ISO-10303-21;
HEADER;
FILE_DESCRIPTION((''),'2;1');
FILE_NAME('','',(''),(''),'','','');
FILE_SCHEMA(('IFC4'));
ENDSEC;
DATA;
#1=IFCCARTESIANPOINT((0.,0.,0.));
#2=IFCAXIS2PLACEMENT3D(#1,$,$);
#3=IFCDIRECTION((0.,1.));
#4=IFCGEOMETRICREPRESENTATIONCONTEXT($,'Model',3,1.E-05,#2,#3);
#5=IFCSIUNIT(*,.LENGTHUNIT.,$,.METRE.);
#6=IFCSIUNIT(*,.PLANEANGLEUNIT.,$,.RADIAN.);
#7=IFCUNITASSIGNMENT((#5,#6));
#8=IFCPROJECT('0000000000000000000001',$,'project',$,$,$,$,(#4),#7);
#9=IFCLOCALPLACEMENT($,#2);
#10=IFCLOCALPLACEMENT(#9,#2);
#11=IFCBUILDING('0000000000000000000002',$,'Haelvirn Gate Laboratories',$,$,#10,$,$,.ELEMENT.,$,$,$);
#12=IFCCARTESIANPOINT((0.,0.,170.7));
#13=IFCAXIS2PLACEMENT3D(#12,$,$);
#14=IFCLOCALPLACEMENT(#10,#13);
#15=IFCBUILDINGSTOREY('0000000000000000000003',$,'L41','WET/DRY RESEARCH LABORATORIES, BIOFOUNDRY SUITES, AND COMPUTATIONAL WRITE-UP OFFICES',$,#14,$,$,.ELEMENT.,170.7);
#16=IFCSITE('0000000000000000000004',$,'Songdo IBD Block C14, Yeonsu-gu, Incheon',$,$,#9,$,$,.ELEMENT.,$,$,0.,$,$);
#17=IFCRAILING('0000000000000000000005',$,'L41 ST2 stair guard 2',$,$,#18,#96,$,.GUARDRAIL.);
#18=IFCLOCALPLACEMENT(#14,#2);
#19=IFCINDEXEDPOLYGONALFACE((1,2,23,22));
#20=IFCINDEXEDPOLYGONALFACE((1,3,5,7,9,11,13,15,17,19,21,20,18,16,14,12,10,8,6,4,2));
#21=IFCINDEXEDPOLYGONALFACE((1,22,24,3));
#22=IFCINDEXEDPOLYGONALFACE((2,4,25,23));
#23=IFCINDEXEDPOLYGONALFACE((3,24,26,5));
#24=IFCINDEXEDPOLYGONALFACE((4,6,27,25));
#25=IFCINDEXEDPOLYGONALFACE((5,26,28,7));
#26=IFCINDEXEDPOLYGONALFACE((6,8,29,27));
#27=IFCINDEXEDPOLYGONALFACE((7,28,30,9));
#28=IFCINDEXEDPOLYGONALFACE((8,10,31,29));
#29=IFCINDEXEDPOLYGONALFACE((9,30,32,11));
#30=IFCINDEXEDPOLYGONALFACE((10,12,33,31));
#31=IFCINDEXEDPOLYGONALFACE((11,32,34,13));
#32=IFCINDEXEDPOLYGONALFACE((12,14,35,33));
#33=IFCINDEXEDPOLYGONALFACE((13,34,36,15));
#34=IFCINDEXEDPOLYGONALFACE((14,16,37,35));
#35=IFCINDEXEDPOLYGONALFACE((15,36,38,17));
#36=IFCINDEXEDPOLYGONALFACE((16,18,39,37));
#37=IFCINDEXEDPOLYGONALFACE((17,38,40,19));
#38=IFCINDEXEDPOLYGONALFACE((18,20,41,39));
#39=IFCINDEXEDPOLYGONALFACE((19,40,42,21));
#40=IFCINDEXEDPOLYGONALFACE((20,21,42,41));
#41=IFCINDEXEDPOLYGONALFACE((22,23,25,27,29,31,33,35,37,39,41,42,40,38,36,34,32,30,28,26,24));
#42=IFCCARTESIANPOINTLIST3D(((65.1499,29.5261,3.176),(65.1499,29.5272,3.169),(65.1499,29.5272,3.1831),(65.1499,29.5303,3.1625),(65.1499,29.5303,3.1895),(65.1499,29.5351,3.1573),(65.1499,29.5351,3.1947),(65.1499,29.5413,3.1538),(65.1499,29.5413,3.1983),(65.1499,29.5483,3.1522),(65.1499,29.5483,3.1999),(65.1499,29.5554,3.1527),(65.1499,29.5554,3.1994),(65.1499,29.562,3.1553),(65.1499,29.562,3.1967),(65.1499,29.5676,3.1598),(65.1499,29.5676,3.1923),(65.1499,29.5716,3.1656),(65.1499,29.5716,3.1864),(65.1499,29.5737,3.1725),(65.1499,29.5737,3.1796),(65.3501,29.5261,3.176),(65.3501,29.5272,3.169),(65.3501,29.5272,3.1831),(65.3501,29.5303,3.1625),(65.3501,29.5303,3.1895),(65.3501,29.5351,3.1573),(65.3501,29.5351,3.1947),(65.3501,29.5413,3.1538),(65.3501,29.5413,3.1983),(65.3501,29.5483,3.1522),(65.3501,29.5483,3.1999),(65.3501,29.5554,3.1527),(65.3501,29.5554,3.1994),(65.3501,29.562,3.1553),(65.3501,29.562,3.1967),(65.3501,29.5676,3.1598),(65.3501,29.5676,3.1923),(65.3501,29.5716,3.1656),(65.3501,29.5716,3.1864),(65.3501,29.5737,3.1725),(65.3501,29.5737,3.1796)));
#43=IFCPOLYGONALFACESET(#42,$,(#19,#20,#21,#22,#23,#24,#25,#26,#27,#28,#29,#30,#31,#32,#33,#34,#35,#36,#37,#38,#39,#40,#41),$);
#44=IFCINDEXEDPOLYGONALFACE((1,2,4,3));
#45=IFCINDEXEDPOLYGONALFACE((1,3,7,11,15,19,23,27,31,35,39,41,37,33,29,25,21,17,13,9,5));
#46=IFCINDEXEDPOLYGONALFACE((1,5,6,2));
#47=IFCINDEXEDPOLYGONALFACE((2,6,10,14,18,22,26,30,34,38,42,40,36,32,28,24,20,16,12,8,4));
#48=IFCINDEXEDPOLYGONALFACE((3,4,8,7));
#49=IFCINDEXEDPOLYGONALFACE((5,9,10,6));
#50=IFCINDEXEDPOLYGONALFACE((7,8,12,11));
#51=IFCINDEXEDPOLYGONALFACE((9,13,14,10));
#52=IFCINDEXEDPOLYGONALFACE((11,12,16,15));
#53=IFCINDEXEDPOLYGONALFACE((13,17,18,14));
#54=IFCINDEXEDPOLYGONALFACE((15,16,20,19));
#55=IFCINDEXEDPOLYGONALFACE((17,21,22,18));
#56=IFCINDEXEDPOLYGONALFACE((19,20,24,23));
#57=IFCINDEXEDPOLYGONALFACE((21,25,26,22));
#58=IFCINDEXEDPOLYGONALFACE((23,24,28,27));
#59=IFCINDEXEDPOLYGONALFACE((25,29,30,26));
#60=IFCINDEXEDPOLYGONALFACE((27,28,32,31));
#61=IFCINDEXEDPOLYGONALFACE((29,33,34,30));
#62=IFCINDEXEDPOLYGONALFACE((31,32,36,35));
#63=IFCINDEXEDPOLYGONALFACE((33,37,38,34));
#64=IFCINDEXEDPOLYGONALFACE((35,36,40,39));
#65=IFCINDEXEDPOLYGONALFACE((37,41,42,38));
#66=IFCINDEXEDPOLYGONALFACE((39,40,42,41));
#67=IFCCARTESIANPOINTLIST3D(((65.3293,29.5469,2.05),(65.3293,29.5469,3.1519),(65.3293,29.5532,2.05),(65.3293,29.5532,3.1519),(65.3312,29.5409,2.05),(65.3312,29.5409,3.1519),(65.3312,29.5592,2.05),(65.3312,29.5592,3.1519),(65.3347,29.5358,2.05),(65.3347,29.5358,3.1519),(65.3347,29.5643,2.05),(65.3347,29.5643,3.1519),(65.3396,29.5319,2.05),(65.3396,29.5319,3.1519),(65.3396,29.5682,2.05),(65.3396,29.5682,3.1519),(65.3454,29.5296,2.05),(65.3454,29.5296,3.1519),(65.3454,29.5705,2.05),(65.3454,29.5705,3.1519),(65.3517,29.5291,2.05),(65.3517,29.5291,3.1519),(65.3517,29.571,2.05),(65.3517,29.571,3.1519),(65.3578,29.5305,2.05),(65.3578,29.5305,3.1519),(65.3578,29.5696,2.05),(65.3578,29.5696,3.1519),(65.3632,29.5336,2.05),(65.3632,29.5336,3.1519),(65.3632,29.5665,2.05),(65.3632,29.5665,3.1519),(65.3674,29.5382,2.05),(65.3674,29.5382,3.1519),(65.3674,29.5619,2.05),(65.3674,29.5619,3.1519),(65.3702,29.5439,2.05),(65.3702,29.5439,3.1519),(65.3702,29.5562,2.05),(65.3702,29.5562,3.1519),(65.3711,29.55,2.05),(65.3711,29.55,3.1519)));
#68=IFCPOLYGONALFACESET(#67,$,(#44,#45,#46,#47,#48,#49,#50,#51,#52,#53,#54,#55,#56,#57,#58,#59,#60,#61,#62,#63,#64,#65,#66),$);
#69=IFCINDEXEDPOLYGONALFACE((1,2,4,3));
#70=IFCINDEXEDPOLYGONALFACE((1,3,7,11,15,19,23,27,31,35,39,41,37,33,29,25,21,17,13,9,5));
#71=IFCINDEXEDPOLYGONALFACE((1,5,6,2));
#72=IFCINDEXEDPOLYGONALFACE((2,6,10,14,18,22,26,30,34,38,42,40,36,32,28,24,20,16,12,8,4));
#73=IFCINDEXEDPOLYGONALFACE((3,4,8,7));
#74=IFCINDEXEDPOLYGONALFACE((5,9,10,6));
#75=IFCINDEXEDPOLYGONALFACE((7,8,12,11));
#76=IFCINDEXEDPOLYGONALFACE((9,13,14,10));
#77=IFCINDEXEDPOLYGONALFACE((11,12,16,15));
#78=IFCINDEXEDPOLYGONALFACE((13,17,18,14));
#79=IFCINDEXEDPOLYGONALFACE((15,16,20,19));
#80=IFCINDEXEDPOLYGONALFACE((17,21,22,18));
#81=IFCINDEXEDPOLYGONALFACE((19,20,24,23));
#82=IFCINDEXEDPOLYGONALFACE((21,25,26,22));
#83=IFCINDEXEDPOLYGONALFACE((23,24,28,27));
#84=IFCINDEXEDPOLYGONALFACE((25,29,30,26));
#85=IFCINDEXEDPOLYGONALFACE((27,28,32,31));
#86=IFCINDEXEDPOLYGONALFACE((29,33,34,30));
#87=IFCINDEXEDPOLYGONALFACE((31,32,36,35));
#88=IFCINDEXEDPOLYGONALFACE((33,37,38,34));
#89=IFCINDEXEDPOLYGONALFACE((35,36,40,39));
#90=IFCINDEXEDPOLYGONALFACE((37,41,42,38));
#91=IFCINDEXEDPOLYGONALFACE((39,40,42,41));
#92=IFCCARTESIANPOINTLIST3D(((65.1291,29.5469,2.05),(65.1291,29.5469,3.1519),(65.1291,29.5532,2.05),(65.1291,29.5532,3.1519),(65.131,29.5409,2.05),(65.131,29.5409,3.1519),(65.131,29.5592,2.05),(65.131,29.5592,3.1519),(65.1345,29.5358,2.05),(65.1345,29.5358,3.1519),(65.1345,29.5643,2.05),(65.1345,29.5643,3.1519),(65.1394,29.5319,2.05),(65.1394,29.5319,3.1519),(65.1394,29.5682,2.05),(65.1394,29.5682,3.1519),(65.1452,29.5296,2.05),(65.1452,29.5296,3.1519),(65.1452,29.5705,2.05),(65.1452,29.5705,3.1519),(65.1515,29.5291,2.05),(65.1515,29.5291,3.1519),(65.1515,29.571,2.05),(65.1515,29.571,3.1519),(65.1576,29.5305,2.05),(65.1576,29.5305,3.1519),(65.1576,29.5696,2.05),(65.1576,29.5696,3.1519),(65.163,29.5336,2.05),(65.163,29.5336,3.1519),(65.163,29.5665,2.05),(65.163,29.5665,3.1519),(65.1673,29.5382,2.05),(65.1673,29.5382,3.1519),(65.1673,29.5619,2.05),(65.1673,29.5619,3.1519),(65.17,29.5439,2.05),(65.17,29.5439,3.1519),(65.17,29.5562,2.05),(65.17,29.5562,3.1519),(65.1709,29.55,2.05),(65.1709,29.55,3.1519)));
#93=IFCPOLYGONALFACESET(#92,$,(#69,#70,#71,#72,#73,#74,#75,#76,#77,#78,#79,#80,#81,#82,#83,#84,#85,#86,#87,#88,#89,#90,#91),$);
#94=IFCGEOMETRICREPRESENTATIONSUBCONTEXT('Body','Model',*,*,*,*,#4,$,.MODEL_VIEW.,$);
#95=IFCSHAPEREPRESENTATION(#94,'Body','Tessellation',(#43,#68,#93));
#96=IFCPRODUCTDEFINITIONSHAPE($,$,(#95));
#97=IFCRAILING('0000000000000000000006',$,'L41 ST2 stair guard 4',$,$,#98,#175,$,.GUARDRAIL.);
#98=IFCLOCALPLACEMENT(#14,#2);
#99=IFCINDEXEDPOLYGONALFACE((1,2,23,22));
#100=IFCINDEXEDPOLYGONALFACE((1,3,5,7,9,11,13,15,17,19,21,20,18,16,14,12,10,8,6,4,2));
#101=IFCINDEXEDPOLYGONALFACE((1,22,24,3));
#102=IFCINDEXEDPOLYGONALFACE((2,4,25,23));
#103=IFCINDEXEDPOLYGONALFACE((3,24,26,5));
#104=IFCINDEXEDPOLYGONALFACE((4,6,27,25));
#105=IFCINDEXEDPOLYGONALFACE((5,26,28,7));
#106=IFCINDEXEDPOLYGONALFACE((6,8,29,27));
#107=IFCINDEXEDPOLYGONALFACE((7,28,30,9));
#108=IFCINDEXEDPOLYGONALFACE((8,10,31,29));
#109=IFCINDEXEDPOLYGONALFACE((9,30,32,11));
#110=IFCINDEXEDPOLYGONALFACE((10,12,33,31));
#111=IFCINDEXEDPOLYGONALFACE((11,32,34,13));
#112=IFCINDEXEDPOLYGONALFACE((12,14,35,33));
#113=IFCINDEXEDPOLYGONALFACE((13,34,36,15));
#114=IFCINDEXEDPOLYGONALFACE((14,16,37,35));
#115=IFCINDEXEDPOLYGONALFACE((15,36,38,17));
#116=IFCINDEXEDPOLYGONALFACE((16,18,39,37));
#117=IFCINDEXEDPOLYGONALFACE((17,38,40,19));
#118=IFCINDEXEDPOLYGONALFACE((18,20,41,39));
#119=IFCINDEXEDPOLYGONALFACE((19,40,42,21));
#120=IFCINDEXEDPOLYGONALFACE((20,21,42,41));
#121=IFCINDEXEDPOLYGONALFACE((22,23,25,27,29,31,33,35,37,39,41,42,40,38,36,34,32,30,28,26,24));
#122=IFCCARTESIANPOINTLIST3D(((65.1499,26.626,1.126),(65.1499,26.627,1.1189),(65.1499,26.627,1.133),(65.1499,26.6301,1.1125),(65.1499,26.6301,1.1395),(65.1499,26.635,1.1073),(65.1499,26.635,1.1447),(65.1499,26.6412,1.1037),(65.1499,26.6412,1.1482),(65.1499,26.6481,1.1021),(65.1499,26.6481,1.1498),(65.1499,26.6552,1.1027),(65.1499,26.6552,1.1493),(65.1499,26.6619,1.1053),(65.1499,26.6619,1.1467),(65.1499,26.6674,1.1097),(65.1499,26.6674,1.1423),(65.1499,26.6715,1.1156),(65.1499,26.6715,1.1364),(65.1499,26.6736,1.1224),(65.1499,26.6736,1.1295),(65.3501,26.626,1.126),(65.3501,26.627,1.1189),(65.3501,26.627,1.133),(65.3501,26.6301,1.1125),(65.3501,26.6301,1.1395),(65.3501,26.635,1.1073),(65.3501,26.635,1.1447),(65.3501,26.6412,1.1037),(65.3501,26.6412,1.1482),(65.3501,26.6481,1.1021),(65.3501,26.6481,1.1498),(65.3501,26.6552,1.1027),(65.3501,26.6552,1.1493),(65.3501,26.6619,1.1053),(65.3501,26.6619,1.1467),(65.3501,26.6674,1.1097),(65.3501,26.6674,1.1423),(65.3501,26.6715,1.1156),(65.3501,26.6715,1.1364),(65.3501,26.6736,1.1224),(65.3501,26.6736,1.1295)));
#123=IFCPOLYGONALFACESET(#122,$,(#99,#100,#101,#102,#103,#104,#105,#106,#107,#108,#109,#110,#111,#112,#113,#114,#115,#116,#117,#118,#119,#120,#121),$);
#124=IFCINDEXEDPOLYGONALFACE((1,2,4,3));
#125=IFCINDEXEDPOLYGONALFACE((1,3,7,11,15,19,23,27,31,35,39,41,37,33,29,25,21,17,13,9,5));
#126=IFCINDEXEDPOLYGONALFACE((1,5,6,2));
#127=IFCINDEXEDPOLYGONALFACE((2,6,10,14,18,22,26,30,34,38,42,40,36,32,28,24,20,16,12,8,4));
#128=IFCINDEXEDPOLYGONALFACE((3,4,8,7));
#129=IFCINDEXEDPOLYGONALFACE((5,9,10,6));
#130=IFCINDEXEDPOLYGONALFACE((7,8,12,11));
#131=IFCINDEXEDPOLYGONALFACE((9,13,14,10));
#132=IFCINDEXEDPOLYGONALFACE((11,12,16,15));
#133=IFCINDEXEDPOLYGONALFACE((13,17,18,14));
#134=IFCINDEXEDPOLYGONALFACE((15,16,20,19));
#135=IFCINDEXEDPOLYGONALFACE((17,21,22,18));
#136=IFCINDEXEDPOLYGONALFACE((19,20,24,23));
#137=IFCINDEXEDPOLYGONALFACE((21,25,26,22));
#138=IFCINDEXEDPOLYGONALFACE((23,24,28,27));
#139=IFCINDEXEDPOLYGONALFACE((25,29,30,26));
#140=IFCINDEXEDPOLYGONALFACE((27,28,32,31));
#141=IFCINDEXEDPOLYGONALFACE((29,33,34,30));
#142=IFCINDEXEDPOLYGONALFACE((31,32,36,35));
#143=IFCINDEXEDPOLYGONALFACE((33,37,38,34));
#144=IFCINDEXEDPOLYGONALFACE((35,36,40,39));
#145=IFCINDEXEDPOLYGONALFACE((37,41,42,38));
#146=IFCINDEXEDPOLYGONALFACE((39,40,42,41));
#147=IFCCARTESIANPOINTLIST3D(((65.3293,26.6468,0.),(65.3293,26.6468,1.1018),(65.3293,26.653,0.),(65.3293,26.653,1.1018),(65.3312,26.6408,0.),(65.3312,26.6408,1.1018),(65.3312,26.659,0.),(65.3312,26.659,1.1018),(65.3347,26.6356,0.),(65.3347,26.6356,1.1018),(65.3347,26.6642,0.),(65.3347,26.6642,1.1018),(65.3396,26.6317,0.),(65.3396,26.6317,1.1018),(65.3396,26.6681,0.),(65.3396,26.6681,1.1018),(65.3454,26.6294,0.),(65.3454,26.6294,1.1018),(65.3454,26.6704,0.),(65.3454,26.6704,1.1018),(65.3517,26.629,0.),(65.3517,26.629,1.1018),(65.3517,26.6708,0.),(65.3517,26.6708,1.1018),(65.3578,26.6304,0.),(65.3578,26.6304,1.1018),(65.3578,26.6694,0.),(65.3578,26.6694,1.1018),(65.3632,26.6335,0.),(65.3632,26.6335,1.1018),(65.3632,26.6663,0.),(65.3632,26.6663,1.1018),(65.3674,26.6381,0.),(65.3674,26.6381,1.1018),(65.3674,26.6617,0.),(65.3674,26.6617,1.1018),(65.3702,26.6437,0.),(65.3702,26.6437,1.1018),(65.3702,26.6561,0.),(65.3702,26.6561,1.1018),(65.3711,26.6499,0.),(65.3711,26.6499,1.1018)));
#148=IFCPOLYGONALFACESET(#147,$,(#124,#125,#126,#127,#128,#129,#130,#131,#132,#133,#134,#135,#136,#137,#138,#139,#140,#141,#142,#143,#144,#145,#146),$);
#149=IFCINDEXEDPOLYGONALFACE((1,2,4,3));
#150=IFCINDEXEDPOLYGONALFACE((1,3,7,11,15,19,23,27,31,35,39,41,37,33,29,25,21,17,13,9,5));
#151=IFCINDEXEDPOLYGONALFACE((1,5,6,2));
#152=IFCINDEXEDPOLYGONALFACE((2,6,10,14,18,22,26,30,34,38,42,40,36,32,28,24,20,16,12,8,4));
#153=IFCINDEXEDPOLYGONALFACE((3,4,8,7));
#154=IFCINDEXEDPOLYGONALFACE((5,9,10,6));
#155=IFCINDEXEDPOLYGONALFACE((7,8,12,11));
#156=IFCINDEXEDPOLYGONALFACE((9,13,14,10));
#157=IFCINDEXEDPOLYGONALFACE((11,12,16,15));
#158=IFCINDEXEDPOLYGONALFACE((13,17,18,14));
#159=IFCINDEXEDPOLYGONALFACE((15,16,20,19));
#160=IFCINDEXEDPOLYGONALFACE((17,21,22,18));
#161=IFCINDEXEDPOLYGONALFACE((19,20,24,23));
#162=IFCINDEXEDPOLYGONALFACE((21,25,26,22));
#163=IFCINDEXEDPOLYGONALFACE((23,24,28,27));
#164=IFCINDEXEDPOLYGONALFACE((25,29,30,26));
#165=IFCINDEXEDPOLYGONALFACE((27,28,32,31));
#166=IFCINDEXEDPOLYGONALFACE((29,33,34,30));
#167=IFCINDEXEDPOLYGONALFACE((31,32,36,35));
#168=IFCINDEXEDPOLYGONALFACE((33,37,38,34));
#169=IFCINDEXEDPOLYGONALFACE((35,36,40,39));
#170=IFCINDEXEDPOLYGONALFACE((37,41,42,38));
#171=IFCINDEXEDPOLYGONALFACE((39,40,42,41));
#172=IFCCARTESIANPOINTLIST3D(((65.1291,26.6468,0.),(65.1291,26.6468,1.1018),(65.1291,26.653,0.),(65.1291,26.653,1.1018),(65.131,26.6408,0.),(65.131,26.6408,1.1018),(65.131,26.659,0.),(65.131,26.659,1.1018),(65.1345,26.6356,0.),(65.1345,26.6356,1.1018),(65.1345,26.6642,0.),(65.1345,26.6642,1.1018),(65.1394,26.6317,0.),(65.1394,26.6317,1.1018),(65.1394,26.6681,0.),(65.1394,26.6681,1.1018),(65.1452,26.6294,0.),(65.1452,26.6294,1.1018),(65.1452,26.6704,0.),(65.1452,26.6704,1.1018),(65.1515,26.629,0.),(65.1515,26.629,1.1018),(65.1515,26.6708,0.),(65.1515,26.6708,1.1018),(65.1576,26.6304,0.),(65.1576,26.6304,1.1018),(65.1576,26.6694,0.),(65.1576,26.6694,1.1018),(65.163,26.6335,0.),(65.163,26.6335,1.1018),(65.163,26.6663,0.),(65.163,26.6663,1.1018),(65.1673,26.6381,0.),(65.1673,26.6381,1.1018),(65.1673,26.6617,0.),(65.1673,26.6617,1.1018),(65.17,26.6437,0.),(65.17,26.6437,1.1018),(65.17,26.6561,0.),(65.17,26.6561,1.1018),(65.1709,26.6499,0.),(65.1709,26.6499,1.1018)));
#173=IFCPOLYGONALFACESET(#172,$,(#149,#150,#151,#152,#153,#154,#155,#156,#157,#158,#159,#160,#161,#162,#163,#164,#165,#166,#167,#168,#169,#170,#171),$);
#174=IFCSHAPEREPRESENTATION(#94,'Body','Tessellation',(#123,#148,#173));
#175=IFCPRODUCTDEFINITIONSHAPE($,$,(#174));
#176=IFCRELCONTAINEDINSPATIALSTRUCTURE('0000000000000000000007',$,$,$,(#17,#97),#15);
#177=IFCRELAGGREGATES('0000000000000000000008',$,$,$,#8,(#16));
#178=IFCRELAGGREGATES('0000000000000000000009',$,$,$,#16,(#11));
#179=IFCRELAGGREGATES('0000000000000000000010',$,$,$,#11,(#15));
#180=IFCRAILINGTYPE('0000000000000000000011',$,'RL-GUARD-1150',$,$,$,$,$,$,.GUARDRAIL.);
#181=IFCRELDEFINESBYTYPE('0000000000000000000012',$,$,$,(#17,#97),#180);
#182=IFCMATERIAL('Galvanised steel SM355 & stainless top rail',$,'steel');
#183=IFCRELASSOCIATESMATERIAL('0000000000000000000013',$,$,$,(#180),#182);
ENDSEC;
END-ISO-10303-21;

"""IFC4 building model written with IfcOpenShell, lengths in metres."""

from ifc_helpers import new_model, si_unit, direction, frame, origin, origin_2d, place, context, subcontext, project, spatial, circle, extrude, source, transform, mapped, material, type_object, element, save


model = new_model("IFC4")

# Units and contexts
model_context = context("Model", 3, precision=1e-05, world=origin(), true_north=direction((0.0, 1.0)))
body_context = subcontext(model_context, "Body", "Model", "MODEL_VIEW")
ifc_project = project(units=[si_unit("LENGTHUNIT", "METRE"), si_unit("PLANEANGLEUNIT", "RADIAN")], contexts=[model_context])

# Site, building, storey
site_placement = place(None, origin())
site = spatial("IfcSite", under=ifc_project, at=site_placement, Name="Songdo IBD Block C14, Yeonsu-gu, Incheon", CompositionType="ELEMENT", RefElevation=0.0)
building_placement = place(site_placement, origin())
building = spatial("IfcBuilding", under=site, at=building_placement, Name="Haelvirn Gate Laboratories", CompositionType="ELEMENT")
storey_placement = place(building_placement, frame((0.0, 0.0, 170.7)))
storey = spatial("IfcBuildingStorey", under=building, at=storey_placement, Name="L41", Description="WET/DRY RESEARCH LABORATORIES, BIOFOUNDRY SUITES, AND COMPUTATIONAL WRITE-UP OFFICES", CompositionType="ELEMENT", Elevation=170.7)

# Railings
ifc_material_1 = material(Name="Galvanised steel SM355 & stainless top rail", Category="steel")
railing_type_1 = type_object("IfcRailingType", Name="RL-GUARD-1150", PredefinedType="GUARDRAIL", material=ifc_material_1)
shared_shape_1 = source(origin(), body_context, "Body", "SweptSolid", [
    extrude(circle(Radius=0.0239, at=origin_2d()), frame((0.0, 0.0, 1.126), z_axis=(-1.0, 0.0, 0.0), x_axis=(0.0, -1.0, 0.0)), (0.0, 0.0, 1.0), 0.2002),
    extrude(circle(Radius=0.021, at=origin_2d()), origin(), (0.0, 0.0, 1.0), 1.1018),
    extrude(circle(Radius=0.021, at=origin_2d()), frame((-0.2002, 0.0, 0.0)), (0.0, 0.0, 1.0), 1.1018),
])
for number, where, name in (
    (1, (65.3501, 29.55, 2.05), "L41 ST2 stair guard 2"),
    (2, (65.3501, 26.6499, 0.0), "L41 ST2 stair guard 4"),
):
    element("IfcRailing", number, at=place(storey_placement, frame(where)), inside=storey, type_object=railing_type_1, Name=name, PredefinedType="GUARDRAIL", context=body_context, shape_type="MappedRepresentation", body=[
        mapped(shared_shape_1, transform((0.0, 0.0, 0.0), scale=1.0)),
    ])

save(model, "model.ifc")
